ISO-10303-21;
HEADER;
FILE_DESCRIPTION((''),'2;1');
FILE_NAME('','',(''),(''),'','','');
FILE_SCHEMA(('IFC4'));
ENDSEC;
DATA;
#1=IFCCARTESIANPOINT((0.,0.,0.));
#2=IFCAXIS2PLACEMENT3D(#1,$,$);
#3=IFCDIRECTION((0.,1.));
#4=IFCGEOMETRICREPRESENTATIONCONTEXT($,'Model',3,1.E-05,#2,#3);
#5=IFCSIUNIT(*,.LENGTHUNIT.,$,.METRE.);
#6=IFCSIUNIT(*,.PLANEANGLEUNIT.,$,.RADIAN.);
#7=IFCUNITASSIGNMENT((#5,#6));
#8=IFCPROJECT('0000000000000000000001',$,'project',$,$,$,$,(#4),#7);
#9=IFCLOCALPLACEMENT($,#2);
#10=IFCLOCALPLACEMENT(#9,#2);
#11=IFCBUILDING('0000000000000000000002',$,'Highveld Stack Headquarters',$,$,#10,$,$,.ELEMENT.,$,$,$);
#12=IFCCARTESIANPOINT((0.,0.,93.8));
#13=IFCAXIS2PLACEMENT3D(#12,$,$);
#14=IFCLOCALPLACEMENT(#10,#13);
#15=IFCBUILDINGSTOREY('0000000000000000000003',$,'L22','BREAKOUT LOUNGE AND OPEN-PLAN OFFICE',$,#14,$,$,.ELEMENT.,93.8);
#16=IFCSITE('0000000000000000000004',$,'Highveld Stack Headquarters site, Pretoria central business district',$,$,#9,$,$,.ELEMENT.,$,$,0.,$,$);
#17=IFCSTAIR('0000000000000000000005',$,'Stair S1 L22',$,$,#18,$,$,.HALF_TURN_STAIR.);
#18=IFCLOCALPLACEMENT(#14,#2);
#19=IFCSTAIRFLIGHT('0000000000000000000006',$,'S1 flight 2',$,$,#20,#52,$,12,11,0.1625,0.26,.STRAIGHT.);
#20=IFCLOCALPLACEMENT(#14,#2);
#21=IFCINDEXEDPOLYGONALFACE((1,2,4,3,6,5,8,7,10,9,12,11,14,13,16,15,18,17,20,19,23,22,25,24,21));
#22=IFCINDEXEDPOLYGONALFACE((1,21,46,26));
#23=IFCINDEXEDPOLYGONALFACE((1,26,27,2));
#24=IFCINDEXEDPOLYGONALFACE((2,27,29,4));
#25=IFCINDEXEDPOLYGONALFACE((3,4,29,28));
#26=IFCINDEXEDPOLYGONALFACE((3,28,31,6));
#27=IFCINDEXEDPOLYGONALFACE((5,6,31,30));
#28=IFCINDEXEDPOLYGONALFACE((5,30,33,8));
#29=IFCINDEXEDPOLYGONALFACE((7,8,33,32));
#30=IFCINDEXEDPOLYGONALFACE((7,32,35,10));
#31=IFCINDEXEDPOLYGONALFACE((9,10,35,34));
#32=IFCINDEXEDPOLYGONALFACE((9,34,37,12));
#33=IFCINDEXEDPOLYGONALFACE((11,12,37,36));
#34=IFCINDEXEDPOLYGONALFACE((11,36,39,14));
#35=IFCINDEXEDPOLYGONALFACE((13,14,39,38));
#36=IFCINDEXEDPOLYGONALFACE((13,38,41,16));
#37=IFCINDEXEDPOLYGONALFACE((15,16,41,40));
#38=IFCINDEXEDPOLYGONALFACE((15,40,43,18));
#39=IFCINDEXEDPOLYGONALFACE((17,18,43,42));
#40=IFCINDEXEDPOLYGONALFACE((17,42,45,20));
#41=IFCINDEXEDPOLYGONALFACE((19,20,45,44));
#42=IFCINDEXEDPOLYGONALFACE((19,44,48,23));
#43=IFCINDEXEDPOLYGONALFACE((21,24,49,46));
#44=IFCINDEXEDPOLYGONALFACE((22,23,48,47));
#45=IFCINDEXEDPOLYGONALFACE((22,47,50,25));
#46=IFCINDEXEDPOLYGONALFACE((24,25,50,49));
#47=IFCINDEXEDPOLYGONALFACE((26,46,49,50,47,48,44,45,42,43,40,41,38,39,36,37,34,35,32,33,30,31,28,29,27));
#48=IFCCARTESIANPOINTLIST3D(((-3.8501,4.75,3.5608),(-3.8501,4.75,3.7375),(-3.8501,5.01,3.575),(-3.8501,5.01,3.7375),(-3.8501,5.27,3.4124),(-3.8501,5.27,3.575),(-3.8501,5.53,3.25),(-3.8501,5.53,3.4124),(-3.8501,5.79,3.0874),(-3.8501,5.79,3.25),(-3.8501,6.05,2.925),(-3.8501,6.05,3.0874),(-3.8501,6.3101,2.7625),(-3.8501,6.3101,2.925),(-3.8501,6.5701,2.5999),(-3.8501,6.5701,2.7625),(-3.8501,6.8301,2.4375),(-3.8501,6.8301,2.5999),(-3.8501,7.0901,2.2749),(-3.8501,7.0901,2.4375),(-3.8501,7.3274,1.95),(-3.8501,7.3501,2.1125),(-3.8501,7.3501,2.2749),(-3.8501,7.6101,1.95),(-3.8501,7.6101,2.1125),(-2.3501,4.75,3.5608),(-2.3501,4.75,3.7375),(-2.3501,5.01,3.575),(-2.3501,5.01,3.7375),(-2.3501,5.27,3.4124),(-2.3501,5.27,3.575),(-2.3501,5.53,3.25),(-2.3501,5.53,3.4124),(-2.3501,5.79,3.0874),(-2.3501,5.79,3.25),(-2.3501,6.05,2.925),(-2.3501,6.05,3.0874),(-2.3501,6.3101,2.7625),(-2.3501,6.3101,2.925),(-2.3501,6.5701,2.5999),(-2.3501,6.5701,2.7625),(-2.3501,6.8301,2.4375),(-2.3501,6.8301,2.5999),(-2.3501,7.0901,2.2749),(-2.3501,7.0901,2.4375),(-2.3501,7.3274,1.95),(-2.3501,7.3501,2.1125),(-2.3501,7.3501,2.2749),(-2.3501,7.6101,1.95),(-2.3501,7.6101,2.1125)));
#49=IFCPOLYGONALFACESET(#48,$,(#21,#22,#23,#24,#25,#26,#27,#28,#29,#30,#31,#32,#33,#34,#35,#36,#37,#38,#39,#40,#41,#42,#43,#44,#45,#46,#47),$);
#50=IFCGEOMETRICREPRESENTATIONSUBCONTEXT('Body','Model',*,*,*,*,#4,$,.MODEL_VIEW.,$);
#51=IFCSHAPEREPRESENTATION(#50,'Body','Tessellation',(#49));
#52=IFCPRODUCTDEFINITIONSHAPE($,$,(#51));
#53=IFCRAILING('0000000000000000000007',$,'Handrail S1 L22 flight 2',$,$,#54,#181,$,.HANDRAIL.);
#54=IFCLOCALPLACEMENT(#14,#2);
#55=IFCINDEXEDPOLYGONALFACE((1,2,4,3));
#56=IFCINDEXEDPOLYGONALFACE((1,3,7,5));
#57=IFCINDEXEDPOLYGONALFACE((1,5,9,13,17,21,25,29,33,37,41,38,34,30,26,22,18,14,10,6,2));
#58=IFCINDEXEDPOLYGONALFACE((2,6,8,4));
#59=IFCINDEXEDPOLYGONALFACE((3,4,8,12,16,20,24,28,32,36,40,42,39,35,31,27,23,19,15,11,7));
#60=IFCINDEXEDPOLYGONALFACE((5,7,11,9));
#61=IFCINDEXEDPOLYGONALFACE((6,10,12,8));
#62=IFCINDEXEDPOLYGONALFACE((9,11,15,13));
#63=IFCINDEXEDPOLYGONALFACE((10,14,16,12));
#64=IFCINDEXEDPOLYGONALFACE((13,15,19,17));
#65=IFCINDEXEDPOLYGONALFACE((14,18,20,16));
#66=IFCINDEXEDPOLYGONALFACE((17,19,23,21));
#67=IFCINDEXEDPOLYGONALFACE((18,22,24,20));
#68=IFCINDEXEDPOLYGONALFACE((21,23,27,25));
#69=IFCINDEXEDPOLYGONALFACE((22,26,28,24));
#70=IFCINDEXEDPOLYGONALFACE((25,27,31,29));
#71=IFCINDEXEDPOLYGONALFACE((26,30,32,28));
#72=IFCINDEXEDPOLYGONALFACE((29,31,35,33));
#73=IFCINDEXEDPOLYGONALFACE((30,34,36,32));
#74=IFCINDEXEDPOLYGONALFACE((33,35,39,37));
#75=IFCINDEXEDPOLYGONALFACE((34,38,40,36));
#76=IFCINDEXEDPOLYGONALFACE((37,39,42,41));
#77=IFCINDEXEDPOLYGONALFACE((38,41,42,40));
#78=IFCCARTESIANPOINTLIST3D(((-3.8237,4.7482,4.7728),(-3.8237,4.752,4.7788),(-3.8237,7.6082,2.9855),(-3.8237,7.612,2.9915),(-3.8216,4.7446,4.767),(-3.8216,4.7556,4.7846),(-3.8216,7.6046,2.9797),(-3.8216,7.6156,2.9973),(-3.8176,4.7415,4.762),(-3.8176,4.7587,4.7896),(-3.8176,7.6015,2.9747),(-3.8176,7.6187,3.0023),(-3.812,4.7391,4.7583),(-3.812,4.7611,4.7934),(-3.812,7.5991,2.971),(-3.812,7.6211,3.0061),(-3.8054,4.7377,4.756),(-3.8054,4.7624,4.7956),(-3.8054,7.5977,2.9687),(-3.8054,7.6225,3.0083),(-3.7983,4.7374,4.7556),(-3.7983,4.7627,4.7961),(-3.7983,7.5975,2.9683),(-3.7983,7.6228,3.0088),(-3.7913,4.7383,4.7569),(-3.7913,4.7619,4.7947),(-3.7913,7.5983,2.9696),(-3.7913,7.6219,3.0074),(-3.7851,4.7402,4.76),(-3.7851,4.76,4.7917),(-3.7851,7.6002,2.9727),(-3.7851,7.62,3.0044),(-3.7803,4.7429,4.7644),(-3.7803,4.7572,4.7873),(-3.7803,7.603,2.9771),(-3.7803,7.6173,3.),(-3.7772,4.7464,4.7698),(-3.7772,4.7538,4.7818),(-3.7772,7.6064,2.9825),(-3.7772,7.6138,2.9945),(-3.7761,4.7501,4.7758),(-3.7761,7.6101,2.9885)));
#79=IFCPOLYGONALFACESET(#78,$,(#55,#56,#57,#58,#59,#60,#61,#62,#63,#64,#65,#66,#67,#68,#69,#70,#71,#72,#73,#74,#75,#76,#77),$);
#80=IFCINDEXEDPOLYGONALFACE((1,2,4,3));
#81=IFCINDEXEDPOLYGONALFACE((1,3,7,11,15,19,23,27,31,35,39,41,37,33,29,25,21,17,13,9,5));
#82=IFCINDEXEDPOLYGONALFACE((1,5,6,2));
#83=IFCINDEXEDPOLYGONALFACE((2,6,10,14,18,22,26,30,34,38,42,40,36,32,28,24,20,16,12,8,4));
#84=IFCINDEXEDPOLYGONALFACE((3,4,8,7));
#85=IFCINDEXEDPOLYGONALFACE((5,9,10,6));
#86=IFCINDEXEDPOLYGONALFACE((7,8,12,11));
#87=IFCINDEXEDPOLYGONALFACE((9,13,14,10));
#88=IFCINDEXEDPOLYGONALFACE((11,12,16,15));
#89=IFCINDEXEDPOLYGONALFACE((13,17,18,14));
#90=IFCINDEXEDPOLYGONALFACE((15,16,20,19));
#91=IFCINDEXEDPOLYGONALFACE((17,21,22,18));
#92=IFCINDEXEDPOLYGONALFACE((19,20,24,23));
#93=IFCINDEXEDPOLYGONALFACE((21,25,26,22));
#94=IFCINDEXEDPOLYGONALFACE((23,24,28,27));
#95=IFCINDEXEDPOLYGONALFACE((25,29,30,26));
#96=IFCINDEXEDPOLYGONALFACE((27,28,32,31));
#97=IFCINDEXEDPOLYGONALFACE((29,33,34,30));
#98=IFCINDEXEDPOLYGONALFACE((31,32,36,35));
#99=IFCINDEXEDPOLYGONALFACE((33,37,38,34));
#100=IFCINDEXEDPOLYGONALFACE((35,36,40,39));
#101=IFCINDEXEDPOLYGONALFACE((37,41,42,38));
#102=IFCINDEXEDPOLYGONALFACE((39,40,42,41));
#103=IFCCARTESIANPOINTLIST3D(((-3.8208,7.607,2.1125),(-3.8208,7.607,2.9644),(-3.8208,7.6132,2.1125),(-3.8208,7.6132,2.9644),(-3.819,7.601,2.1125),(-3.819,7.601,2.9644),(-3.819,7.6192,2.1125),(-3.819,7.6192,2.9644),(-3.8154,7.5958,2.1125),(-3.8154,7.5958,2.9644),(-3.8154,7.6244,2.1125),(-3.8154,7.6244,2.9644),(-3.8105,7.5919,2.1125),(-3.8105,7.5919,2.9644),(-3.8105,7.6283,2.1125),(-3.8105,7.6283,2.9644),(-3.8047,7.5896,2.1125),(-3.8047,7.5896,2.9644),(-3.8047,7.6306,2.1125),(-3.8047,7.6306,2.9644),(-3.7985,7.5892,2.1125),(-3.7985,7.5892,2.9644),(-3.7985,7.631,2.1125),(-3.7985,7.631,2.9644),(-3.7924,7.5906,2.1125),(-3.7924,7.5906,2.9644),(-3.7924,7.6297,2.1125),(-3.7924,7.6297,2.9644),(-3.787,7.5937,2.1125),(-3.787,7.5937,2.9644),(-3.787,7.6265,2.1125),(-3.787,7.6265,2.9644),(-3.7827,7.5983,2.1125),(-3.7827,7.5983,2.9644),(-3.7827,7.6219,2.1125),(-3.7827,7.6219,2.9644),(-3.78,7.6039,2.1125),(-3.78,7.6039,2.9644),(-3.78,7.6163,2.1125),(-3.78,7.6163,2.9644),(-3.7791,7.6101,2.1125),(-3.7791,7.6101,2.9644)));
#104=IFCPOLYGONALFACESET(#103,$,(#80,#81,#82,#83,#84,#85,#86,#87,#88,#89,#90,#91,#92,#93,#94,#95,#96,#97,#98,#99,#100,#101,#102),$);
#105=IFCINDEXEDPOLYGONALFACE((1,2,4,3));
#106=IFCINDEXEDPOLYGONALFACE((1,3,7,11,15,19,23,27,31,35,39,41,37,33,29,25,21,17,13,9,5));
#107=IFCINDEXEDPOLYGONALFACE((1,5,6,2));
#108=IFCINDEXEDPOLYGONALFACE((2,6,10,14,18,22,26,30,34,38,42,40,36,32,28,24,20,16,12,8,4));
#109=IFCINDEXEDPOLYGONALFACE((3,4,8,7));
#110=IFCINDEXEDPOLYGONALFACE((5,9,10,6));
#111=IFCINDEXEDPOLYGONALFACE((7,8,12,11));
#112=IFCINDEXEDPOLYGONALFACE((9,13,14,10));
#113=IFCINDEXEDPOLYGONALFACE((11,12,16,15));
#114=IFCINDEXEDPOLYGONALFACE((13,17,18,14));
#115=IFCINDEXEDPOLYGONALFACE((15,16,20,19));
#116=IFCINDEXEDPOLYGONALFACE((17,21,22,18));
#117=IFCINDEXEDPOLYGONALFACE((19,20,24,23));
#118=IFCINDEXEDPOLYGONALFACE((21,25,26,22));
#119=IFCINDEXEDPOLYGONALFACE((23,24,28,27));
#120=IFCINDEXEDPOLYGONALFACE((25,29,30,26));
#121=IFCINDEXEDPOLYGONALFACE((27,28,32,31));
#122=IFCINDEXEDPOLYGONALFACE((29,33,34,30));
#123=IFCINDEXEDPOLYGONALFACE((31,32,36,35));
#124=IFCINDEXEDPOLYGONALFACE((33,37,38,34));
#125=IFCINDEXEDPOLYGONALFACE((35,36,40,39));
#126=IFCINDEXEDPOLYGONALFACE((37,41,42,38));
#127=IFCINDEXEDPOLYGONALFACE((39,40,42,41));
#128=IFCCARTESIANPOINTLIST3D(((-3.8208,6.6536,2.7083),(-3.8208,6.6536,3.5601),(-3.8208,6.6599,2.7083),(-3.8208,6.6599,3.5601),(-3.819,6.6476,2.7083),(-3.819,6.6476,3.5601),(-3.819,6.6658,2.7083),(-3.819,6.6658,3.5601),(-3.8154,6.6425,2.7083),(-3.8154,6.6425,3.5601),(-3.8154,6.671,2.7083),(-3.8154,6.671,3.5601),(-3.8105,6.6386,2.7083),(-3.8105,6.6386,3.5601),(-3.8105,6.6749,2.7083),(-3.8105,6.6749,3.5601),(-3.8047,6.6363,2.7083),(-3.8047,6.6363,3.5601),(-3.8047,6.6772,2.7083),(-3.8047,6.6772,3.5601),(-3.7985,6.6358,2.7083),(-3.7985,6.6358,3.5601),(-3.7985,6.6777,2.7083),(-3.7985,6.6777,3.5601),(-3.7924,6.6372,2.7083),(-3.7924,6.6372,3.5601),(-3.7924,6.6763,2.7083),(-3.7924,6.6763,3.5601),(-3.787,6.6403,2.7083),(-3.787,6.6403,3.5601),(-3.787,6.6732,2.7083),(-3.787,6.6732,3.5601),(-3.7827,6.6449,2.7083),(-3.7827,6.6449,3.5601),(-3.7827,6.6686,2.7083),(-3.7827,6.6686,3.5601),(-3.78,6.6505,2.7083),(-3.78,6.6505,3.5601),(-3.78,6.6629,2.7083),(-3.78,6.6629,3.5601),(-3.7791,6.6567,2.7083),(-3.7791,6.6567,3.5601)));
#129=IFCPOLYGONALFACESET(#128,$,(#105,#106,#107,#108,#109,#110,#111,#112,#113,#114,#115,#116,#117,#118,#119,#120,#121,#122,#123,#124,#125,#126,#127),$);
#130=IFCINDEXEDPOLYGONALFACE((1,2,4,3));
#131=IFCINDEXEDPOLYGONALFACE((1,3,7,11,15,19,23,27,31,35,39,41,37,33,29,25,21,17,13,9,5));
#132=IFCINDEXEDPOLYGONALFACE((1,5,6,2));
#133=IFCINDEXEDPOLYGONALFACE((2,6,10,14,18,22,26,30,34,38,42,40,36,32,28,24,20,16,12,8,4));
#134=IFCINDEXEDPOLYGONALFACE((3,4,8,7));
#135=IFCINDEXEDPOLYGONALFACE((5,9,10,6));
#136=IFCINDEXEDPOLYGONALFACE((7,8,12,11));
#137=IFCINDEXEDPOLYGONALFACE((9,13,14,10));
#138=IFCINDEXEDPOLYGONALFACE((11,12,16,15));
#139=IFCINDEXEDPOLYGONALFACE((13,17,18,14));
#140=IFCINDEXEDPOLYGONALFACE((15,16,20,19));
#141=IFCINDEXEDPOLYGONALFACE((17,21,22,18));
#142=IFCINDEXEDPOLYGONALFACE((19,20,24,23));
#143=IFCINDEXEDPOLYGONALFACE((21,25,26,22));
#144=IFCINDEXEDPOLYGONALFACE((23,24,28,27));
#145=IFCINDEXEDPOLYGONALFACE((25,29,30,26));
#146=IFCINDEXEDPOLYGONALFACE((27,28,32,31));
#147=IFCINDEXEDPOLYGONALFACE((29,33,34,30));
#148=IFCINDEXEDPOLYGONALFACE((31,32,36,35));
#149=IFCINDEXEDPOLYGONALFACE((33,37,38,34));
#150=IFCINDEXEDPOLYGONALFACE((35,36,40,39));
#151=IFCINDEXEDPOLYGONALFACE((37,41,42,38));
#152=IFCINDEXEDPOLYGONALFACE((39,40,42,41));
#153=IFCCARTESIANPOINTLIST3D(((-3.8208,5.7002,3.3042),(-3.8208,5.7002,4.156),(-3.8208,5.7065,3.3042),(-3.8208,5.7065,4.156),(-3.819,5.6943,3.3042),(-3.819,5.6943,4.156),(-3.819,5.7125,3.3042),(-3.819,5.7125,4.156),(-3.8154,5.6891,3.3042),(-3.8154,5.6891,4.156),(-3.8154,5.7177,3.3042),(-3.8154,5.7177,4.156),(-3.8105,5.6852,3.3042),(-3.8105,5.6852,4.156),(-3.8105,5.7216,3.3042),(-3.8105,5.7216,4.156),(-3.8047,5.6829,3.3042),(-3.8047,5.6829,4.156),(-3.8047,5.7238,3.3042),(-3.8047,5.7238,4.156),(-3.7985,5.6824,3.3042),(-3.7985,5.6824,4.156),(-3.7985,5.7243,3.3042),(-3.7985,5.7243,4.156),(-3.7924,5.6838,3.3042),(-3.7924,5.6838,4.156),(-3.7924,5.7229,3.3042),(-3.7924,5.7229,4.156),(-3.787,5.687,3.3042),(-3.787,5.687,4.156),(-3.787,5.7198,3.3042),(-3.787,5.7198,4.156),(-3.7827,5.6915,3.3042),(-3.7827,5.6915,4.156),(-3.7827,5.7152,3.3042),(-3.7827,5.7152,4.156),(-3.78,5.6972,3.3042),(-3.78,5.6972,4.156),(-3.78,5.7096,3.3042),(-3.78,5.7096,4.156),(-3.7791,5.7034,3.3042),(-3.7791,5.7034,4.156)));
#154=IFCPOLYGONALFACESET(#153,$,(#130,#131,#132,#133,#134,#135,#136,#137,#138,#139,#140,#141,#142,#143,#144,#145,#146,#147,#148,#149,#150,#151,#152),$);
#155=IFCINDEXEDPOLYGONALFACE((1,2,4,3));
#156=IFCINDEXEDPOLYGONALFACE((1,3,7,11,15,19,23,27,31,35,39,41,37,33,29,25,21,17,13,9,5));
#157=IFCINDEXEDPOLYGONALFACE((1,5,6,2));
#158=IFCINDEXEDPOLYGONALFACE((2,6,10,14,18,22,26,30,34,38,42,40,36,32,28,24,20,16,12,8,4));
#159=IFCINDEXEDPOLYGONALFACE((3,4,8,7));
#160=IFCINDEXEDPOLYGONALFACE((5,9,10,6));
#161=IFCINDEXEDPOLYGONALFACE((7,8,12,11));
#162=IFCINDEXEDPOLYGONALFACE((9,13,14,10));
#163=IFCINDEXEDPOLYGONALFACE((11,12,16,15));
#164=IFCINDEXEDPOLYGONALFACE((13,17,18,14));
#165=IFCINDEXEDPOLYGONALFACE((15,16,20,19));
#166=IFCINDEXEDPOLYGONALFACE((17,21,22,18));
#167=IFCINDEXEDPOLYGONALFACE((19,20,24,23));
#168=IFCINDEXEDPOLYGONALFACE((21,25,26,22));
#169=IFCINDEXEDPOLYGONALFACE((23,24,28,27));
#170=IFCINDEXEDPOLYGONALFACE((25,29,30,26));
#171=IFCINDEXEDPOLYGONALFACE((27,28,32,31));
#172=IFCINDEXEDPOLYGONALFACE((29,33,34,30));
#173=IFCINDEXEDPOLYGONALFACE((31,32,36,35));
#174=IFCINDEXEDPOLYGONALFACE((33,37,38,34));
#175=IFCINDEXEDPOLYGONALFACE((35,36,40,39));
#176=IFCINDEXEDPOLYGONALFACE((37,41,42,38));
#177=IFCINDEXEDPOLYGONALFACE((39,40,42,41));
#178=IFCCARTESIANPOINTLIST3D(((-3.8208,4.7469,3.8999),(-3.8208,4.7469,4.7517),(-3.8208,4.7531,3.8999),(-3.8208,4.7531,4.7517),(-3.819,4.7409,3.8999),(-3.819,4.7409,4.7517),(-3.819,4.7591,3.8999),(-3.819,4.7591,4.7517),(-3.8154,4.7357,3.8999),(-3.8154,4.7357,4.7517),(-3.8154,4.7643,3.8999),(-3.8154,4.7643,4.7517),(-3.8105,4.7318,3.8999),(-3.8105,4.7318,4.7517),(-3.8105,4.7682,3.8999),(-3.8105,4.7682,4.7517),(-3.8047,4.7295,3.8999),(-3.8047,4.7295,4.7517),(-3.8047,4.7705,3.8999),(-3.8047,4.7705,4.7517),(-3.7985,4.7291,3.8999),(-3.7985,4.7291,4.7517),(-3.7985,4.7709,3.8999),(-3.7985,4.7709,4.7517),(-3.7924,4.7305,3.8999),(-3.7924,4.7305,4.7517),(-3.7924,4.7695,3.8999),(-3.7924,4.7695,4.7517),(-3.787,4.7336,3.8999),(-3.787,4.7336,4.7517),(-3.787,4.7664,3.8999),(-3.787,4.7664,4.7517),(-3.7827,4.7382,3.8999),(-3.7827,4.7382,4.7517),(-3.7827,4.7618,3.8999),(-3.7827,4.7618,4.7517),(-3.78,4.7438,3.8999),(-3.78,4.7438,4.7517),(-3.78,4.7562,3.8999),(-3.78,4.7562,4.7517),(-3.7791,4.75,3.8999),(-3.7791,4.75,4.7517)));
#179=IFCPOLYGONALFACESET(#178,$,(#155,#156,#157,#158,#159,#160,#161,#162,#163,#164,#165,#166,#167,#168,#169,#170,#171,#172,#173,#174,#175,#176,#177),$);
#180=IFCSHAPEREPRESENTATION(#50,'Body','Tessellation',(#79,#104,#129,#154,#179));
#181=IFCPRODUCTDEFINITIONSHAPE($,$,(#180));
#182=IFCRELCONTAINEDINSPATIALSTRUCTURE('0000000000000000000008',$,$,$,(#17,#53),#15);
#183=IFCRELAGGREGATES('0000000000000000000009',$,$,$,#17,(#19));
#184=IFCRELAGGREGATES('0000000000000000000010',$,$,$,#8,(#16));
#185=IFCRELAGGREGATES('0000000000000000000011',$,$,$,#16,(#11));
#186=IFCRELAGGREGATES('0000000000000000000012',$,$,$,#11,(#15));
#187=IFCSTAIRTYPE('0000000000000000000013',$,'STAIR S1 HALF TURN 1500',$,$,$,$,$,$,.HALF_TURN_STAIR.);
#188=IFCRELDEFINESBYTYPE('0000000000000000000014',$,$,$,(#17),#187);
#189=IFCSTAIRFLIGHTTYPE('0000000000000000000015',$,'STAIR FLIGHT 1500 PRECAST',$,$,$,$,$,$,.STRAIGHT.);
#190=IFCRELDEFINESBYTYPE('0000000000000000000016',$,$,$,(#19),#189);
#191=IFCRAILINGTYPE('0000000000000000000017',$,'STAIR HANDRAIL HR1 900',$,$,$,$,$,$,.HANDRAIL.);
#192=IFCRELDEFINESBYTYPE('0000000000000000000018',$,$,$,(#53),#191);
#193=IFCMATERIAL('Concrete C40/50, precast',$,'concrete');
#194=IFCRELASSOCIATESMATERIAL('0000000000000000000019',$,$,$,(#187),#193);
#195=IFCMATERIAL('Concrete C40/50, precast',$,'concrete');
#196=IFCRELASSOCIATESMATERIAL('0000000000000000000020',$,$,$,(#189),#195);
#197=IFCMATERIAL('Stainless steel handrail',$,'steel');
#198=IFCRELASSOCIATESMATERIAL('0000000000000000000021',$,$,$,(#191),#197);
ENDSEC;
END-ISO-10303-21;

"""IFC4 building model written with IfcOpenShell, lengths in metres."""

from ifc_helpers import new_model, si_unit, direction, frame, origin, origin_2d, place, context, subcontext, project, spatial, polyline, circle, outline, extrude, material, type_object, element, aggregate, save


model = new_model("IFC4")

# Units and contexts
model_context = context("Model", 3, precision=1e-05, world=origin(), true_north=direction((0.0, 1.0)))
body_context = subcontext(model_context, "Body", "Model", "MODEL_VIEW")
ifc_project = project(units=[si_unit("LENGTHUNIT", "METRE"), si_unit("PLANEANGLEUNIT", "RADIAN")], contexts=[model_context])

# Site, building, storey
site_placement = place(None, origin())
site = spatial("IfcSite", under=ifc_project, at=site_placement, Name="Highveld Stack Headquarters site, Pretoria central business district", CompositionType="ELEMENT", RefElevation=0.0)
building_placement = place(site_placement, origin())
building = spatial("IfcBuilding", under=site, at=building_placement, Name="Highveld Stack Headquarters", CompositionType="ELEMENT")
storey_placement = place(building_placement, frame((0.0, 0.0, 93.8)))
storey = spatial("IfcBuildingStorey", under=building, at=storey_placement, Name="L22", Description="BREAKOUT LOUNGE AND OPEN-PLAN OFFICE", CompositionType="ELEMENT", Elevation=93.8)

# Stair, stair flight
ifc_material_1 = material(Name="Concrete C40/50, precast", Category="concrete")
stair_type = type_object("IfcStairType", Name="STAIR S1 HALF TURN 1500", PredefinedType="HALF_TURN_STAIR", material=ifc_material_1)
stair_placement = place(storey_placement, origin())
stair = element("IfcStair", 1, at=stair_placement, inside=storey, type_object=stair_type, Name="Stair S1 L22", PredefinedType="HALF_TURN_STAIR")
ifc_material_2 = material(Name="Concrete C40/50, precast", Category="concrete")
stair_flight_type = type_object("IfcStairFlightType", Name="STAIR FLIGHT 1500 PRECAST", PredefinedType="STRAIGHT", material=ifc_material_2)
stair_flight_placement = place(storey_placement, frame((-3.1001, 7.6101, 1.95), z_axis=(0.0, 0.0, 1.0), x_axis=(0.0, -1.0, 0.0)))
stair_flight = element("IfcStairFlight", 2, at=stair_flight_placement, type_object=stair_flight_type, Name="S1 flight 2", NumberOfRisers=12, NumberOfTreads=11, PredefinedType="STRAIGHT", RiserHeight=0.1625, TreadLength=0.26, context=body_context, shape_type="SweptSolid", body=[
    extrude(outline(polyline([(0.0, 0.0), (0.0, 0.1626), (0.26, 0.1626), (0.26, 0.325), (0.52, 0.325), (0.52, 0.4875), (0.78, 0.4875), (0.78, 0.6499), (1.04, 0.6499), (1.04, 0.8125), (1.3, 0.8125), (1.3, 0.9751), (1.5601, 0.9751), (1.5601, 1.1375), (1.8201, 1.1375), (1.8201, 1.3), (2.0801, 1.3), (2.0801, 1.4624), (2.3401, 1.4624), (2.3401, 1.625), (2.6001, 1.625), (2.6001, 1.7876), (2.8601, 1.7876), (2.8601, 1.95), (2.8601, 1.6108), (0.2827, 0.0), (0.0, 0.0)])), frame((0.0, 0.75, 0.0), z_axis=(0.0, -1.0, 0.0), x_axis=(1.0, 0.0, 0.0)), (0.0, 0.0, 1.0), 1.5),
])
aggregate(stair, [stair_flight])

# Railing
ifc_material_3 = material(Name="Stainless steel handrail", Category="steel")
railing_type = type_object("IfcRailingType", Name="STAIR HANDRAIL HR1 900", PredefinedType="HANDRAIL", material=ifc_material_3)
for number, where, name in (
    (3, (-3.8, 7.6101, 2.1125), "Handrail S1 L22 flight 2"),
):
    element("IfcRailing", number, at=place(storey_placement, frame(where)), inside=storey, type_object=railing_type, Name=name, PredefinedType="HANDRAIL", context=body_context, shape_type="SweptSolid", body=[
        extrude(circle(Radius=0.0239, at=origin_2d()), frame((0.0, 0.0, 0.876), z_axis=(0.0, -0.848027, 0.529953), x_axis=(1.0, 0.0, 0.0)), (0.0, 0.0, 1.0), 3.3726),
        extrude(circle(Radius=0.021, at=origin_2d()), origin(), (0.0, 0.0, 1.0), 0.8518),
        extrude(circle(Radius=0.021, at=origin_2d()), frame((0.0, -0.9534, 0.5957)), (0.0, 0.0, 1.0), 0.8518),
        extrude(circle(Radius=0.021, at=origin_2d()), frame((0.0, -1.9067, 1.1917)), (0.0, 0.0, 1.0), 0.8518),
        extrude(circle(Radius=0.021, at=origin_2d()), frame((0.0, -2.8601, 1.7874)), (0.0, 0.0, 1.0), 0.8518),
    ])

save(model, "model.ifc")
